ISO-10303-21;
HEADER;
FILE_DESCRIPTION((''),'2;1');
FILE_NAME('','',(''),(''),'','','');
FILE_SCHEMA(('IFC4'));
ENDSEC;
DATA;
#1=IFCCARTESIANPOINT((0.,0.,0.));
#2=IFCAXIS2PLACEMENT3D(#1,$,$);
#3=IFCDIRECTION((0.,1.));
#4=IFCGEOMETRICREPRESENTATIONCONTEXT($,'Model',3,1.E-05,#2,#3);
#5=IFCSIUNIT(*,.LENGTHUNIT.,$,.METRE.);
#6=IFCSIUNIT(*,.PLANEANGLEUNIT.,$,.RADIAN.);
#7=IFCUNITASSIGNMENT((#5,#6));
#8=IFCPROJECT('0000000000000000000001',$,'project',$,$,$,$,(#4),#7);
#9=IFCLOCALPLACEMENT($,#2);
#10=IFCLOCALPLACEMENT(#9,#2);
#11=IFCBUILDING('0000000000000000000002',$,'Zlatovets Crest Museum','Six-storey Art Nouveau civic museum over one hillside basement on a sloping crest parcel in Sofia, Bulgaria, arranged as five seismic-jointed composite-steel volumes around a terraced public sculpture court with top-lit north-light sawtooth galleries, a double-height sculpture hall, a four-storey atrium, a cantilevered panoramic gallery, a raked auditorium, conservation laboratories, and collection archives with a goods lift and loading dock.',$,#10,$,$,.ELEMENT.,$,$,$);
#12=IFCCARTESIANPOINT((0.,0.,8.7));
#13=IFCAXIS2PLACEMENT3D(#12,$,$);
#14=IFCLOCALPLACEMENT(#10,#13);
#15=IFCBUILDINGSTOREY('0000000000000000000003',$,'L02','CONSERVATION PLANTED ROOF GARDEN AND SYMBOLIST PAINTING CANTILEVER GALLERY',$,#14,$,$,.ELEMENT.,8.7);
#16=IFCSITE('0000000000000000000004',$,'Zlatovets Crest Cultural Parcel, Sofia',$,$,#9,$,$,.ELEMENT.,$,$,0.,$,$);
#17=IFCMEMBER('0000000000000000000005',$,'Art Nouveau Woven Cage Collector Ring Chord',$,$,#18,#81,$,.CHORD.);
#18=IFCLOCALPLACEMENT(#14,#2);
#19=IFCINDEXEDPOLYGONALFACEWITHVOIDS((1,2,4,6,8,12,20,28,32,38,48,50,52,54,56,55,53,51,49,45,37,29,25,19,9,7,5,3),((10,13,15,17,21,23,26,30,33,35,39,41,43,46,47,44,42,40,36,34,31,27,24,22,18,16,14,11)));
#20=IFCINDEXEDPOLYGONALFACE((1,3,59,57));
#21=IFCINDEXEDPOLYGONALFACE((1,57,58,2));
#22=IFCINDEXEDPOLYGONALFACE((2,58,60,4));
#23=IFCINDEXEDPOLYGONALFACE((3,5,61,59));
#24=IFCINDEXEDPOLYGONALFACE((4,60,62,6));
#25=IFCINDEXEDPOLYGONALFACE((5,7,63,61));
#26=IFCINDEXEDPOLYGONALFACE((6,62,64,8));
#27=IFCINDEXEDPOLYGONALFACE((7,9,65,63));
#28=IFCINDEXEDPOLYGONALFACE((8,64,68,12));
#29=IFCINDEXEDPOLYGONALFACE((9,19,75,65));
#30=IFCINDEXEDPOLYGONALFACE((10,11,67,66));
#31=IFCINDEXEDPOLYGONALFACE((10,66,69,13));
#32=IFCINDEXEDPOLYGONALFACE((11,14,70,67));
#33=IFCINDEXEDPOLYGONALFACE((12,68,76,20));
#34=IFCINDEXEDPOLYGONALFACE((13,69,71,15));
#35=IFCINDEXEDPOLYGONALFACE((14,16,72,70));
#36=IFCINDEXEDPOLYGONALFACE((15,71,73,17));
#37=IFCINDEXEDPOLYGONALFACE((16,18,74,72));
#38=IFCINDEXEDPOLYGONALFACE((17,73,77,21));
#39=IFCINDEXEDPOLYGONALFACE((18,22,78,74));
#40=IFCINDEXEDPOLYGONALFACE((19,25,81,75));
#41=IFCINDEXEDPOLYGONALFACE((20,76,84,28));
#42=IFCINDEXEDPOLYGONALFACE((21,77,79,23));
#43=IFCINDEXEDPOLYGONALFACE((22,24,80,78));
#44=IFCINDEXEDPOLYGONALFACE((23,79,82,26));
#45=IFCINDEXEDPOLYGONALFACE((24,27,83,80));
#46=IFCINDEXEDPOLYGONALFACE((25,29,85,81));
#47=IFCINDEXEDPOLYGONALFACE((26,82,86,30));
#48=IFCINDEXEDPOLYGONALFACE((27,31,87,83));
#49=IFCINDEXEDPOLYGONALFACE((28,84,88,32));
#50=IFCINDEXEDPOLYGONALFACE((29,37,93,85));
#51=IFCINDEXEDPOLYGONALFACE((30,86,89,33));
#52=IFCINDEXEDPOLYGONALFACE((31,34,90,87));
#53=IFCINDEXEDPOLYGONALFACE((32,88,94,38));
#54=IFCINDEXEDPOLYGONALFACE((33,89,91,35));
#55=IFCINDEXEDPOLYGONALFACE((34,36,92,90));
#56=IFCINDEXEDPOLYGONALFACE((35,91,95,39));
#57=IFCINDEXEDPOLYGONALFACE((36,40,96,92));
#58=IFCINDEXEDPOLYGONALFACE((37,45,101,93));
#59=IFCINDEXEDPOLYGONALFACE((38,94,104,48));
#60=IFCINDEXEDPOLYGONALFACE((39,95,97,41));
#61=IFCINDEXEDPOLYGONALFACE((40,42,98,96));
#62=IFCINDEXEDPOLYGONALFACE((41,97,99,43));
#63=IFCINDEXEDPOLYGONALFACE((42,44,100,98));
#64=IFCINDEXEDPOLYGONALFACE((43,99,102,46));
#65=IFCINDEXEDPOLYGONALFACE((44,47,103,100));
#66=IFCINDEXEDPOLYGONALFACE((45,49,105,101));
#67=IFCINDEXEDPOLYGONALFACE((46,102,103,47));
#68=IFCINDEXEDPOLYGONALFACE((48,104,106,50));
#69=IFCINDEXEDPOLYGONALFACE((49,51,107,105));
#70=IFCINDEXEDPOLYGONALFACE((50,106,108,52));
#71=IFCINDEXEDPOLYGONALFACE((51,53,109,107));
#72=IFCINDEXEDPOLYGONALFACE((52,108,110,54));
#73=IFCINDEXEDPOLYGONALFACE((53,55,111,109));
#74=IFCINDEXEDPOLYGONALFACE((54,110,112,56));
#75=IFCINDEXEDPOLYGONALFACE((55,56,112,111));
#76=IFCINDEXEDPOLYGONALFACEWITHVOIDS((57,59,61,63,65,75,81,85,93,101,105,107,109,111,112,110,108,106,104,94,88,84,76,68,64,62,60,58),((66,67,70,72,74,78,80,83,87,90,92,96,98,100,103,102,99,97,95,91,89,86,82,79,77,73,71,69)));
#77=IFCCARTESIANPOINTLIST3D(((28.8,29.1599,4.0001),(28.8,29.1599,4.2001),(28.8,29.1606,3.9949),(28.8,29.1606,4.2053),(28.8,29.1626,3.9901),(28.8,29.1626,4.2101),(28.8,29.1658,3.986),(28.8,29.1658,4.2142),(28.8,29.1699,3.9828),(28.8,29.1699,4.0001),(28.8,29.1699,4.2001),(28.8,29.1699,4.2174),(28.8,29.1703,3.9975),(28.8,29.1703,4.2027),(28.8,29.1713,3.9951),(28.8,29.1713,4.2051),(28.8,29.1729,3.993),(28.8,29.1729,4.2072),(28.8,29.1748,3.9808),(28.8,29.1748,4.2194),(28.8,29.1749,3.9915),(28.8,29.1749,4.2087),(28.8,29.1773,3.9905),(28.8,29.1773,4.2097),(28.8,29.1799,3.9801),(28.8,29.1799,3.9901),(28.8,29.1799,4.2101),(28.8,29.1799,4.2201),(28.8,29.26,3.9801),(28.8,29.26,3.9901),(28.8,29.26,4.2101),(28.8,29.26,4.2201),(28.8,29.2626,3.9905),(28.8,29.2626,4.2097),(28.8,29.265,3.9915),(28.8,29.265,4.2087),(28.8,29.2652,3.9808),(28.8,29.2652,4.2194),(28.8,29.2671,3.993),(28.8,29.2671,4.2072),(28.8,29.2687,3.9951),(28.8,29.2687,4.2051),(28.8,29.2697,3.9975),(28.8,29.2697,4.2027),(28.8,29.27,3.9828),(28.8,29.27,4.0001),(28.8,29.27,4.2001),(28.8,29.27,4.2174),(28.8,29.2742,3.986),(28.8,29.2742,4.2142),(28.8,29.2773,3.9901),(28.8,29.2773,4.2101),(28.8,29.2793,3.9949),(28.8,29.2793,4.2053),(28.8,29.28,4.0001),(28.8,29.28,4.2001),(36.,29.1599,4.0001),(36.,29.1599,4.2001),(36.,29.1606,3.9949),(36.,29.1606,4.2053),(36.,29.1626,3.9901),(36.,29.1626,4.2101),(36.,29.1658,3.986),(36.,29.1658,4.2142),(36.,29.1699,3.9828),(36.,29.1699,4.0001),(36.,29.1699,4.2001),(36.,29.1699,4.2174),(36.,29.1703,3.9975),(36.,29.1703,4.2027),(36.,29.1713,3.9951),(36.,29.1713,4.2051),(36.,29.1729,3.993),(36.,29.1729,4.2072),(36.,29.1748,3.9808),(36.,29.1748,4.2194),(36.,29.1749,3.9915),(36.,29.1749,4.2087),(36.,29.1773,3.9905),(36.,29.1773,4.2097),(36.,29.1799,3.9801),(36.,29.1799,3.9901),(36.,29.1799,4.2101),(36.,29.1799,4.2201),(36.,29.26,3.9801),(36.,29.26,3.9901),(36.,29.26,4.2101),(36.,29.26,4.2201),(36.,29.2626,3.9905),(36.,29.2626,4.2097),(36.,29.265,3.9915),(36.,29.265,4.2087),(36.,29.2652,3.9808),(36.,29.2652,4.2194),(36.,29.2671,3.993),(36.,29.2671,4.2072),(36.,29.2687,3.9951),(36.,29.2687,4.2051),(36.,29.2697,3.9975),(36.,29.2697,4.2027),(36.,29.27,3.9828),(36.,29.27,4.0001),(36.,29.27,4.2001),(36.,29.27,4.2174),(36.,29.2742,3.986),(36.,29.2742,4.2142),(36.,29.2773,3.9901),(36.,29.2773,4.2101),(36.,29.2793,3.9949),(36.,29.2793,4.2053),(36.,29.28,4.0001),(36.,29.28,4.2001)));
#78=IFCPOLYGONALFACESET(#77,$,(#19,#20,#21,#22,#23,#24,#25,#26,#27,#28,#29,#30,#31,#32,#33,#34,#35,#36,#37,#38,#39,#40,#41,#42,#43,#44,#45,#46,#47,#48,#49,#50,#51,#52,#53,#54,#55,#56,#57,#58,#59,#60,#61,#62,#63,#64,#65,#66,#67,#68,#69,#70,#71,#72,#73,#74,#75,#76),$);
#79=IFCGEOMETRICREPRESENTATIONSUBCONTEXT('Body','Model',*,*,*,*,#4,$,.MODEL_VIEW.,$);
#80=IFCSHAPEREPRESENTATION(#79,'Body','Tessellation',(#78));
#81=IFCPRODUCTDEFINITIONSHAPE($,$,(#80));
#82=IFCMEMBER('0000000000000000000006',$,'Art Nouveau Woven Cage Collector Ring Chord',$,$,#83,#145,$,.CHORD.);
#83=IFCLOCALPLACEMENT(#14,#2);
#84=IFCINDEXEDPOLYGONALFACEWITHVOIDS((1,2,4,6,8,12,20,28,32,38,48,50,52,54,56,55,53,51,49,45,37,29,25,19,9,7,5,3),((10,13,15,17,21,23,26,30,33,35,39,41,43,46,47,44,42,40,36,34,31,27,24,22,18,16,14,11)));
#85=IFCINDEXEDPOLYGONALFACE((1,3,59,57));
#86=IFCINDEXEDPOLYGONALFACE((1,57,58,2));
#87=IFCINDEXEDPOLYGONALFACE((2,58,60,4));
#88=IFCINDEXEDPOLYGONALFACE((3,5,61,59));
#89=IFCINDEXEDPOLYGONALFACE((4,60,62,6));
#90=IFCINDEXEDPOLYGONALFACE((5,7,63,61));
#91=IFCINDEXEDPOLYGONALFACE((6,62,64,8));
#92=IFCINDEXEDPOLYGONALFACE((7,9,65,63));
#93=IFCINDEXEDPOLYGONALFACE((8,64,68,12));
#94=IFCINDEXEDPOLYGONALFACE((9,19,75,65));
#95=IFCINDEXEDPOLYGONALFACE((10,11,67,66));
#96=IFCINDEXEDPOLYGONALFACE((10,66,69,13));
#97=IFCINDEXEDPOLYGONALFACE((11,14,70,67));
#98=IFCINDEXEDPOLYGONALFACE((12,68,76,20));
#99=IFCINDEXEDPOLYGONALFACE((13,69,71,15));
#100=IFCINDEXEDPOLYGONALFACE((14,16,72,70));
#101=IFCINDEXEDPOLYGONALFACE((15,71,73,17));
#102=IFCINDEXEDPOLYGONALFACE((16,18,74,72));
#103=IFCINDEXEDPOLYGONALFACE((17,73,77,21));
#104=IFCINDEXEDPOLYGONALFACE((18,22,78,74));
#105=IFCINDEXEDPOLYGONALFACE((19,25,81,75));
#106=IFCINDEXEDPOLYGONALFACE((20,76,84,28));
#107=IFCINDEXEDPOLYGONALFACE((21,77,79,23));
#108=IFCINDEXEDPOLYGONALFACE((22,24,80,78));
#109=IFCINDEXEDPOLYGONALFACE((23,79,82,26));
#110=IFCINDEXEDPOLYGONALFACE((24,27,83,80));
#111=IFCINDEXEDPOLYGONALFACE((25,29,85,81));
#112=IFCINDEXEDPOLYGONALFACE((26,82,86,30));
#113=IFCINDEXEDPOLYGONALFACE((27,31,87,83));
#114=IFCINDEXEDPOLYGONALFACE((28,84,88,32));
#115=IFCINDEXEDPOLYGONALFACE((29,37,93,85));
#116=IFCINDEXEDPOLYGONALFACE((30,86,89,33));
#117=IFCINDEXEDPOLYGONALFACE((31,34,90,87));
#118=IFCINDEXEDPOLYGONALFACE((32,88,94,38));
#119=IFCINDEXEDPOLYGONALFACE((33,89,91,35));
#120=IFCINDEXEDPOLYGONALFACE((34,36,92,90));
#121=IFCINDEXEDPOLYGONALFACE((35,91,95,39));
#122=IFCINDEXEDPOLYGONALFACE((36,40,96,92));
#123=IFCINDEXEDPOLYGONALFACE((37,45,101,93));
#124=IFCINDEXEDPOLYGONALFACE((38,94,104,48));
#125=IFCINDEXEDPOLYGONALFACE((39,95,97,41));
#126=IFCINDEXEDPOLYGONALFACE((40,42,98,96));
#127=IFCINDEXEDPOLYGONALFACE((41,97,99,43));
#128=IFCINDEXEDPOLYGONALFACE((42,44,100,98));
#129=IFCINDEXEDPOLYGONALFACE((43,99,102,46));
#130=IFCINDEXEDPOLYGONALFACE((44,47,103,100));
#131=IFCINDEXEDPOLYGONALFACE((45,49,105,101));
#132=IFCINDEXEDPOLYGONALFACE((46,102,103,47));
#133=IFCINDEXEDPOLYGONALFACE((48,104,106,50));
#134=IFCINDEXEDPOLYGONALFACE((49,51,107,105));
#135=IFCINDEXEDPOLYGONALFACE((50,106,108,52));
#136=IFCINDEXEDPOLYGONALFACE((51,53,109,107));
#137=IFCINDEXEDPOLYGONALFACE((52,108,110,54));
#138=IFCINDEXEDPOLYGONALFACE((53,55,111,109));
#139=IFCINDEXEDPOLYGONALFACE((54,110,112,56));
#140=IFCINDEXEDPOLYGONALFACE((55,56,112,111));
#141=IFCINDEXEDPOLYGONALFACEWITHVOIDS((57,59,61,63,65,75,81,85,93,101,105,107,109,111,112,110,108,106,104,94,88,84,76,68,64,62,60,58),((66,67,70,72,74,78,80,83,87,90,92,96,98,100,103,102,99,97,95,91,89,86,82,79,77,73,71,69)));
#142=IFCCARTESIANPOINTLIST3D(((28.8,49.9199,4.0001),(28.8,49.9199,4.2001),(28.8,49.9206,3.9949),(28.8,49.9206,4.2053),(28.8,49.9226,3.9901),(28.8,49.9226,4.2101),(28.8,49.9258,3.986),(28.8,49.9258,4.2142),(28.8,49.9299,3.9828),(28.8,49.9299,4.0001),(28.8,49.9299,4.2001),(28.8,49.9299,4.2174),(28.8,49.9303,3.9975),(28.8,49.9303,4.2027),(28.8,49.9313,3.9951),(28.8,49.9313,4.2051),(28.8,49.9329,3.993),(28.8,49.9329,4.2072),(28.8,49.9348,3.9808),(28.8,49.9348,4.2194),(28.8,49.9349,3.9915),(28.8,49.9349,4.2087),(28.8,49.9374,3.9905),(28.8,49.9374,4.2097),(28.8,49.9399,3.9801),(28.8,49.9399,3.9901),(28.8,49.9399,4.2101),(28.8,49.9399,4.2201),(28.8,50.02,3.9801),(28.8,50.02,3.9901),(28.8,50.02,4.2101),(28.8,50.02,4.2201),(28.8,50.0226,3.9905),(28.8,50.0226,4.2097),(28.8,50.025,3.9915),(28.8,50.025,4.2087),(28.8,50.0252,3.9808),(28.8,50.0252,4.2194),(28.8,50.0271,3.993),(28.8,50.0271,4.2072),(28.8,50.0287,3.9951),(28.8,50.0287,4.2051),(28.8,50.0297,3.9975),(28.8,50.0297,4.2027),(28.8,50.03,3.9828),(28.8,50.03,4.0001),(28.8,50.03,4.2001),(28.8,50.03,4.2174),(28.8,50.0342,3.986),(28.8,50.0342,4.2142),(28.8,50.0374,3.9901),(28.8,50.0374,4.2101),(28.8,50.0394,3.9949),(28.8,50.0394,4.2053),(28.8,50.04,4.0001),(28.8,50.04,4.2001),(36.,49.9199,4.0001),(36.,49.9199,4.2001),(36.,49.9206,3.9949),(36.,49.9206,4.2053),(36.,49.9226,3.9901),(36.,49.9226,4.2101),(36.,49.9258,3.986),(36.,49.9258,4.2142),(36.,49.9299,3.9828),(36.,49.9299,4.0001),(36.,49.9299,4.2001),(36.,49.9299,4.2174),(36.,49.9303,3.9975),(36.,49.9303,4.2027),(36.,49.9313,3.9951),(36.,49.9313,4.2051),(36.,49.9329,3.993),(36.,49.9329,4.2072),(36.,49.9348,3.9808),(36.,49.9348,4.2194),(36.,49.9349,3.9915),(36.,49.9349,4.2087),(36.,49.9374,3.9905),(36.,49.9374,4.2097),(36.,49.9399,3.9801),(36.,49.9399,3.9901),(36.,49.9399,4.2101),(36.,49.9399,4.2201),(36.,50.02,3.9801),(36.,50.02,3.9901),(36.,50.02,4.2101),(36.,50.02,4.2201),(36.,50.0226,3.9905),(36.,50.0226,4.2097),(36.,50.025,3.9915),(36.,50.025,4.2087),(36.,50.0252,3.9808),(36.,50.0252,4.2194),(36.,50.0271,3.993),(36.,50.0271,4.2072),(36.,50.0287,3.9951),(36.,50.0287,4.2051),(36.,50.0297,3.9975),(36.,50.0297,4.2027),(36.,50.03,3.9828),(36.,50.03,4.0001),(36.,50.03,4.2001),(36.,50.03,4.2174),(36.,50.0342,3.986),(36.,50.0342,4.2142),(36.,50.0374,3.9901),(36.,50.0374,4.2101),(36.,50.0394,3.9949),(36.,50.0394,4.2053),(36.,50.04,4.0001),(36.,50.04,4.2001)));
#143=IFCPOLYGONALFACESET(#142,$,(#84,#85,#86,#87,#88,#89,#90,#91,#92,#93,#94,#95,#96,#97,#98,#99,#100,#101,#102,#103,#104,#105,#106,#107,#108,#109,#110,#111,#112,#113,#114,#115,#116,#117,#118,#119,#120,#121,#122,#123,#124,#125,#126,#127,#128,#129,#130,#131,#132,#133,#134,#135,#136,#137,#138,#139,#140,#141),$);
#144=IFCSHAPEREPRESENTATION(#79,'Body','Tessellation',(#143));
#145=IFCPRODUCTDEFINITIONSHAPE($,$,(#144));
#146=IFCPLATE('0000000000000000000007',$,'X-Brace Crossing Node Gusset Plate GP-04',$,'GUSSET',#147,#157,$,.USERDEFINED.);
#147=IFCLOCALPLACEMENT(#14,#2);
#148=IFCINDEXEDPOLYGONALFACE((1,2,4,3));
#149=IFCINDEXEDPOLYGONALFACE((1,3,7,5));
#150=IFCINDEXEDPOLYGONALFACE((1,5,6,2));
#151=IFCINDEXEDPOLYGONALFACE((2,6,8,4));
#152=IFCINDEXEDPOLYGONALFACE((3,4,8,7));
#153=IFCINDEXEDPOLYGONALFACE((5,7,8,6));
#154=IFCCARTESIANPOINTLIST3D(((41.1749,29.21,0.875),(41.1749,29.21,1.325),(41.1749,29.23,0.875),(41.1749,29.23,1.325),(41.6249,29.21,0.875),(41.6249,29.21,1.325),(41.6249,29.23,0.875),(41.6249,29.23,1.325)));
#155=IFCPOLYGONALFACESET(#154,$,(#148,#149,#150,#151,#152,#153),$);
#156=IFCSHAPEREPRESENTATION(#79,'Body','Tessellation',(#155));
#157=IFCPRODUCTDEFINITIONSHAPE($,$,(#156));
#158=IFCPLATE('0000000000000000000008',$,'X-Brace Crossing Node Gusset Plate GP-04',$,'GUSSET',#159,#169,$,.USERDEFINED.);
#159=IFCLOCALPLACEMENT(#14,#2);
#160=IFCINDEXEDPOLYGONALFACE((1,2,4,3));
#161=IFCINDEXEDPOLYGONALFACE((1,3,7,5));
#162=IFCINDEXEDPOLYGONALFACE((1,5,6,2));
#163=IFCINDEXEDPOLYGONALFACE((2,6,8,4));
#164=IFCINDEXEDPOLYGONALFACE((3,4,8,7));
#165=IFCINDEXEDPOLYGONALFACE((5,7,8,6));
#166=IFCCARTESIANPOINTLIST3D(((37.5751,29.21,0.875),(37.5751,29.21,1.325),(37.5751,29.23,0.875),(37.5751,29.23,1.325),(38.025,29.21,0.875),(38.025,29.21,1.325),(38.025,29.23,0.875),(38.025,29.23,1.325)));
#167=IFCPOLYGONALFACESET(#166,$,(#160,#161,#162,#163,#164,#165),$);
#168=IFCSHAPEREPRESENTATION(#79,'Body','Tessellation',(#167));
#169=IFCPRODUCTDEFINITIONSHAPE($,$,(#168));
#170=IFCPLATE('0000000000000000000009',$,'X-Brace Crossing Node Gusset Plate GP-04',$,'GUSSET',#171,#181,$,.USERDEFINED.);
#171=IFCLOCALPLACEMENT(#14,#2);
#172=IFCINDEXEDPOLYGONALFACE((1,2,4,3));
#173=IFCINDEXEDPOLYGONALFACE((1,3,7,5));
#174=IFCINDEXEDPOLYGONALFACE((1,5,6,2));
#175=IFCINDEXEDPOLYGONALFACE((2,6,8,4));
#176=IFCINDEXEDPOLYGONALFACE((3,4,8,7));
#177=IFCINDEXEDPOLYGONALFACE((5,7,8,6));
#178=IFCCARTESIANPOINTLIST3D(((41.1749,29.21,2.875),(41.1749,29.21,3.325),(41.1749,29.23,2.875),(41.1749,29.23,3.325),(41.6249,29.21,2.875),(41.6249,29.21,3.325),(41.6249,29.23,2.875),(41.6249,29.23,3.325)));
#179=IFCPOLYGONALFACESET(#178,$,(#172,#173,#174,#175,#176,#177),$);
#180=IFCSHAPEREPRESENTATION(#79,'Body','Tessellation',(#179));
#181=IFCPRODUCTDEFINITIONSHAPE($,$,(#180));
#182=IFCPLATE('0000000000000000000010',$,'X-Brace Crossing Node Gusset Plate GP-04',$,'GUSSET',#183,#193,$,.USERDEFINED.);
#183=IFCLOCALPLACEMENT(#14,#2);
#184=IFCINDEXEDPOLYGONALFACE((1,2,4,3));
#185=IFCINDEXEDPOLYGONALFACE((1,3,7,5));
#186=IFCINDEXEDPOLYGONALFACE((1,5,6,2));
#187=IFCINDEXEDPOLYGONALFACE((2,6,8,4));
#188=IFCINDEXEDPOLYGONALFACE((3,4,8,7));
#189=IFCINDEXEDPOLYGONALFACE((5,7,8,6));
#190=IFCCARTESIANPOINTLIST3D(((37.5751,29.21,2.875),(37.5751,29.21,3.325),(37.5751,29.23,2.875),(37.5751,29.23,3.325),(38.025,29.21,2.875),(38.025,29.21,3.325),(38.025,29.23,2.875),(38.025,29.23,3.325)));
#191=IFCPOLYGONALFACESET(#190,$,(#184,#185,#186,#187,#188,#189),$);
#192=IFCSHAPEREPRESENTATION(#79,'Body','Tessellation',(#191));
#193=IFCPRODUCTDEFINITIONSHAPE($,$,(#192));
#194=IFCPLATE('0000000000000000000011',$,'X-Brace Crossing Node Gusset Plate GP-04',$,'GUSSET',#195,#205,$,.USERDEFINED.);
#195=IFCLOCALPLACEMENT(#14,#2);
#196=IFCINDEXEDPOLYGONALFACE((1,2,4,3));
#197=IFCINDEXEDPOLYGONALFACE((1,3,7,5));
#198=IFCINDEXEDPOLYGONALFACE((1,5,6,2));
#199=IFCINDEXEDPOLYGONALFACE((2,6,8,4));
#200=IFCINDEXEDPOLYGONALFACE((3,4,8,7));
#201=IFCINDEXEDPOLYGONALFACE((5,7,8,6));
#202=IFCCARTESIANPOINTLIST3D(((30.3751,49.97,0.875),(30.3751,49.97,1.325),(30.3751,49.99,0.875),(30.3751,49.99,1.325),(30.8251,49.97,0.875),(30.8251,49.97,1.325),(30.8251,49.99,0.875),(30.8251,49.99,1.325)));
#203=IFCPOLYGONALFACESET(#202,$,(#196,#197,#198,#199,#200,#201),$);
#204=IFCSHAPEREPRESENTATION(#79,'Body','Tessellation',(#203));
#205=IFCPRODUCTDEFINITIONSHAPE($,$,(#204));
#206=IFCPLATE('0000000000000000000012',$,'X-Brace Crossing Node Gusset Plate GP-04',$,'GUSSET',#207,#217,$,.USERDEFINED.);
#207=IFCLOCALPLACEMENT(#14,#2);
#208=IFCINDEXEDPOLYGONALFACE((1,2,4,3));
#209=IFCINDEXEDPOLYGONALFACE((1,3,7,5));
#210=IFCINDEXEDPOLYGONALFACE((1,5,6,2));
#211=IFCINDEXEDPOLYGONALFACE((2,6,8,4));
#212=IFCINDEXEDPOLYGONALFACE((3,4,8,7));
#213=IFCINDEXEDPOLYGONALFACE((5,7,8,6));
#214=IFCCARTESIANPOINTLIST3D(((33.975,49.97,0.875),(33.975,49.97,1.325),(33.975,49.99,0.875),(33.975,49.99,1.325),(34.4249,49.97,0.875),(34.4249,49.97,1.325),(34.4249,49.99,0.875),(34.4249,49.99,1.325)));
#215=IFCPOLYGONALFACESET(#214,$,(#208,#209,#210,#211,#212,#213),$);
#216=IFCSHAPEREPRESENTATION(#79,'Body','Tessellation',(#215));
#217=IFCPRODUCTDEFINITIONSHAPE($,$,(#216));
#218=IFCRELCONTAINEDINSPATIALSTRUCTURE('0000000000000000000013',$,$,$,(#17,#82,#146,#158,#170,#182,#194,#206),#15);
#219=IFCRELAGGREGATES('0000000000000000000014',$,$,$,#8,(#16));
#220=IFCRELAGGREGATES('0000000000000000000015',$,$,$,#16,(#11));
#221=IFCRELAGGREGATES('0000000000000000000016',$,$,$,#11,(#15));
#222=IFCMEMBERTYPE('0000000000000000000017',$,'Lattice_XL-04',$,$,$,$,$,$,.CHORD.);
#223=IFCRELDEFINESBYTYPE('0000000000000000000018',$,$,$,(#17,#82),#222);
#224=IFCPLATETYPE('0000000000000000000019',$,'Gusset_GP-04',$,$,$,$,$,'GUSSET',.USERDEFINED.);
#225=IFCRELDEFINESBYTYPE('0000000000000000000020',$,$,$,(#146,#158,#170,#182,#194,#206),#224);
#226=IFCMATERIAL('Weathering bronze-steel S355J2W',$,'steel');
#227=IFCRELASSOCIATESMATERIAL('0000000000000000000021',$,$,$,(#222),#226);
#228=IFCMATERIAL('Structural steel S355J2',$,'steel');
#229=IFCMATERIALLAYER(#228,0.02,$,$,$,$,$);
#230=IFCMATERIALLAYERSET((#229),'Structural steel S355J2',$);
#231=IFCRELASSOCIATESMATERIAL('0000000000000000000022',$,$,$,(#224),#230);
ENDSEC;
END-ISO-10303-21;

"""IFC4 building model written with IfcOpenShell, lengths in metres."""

from ifc_helpers import new_model, si_unit, direction, frame, origin, origin_2d, place, context, subcontext, project, spatial, rectangle, hollow_rectangle, extrude, material, layer, layer_set, material_profile, profile_set, type_object, element, save


model = new_model("IFC4")

# Units and contexts
model_context = context("Model", 3, precision=1e-05, world=origin(), true_north=direction((0.0, 1.0)))
body_context = subcontext(model_context, "Body", "Model", "MODEL_VIEW")
ifc_project = project(units=[si_unit("LENGTHUNIT", "METRE"), si_unit("PLANEANGLEUNIT", "RADIAN")], contexts=[model_context])

# Site, building, storey
site_placement = place(None, origin())
site = spatial("IfcSite", under=ifc_project, at=site_placement, Name="Zlatovets Crest Cultural Parcel, Sofia", CompositionType="ELEMENT", RefElevation=0.0)
building_placement = place(site_placement, origin())
building = spatial("IfcBuilding", under=site, at=building_placement, Name="Zlatovets Crest Museum", Description="Six-storey Art Nouveau civic museum over one hillside basement on a sloping crest parcel in Sofia, Bulgaria, arranged as five seismic-jointed composite-steel volumes around a terraced public sculpture court with top-lit north-light sawtooth galleries, a double-height sculpture hall, a four-storey atrium, a cantilevered panoramic gallery, a raked auditorium, conservation laboratories, and collection archives with a goods lift and loading dock.", CompositionType="ELEMENT")
storey_placement = place(building_placement, frame((0.0, 0.0, 8.7)))
storey = spatial("IfcBuildingStorey", under=building, at=storey_placement, Name="L02", Description="CONSERVATION PLANTED ROOF GARDEN AND SYMBOLIST PAINTING CANTILEVER GALLERY", CompositionType="ELEMENT", Elevation=8.7)

# Members
ifc_material_1 = material(Name="Weathering bronze-steel S355J2W", Category="steel")
ifc_material_profile_1 = material_profile(ifc_material_1, hollow_rectangle(XDim=0.1201, YDim=0.24, WallThickness=0.01, InnerFilletRadius=0.01, OuterFilletRadius=0.02, at=origin_2d()), Name="RHS 120x240x10.0")
ifc_profile_set_1 = profile_set([ifc_material_profile_1], Name="Weathering bronze-steel S355J2W")
member_type_1 = type_object("IfcMemberType", Name="Lattice_XL-04", PredefinedType="CHORD", material=ifc_profile_set_1)
for number, where, z_axis, x_axis, name in (
    (1, (36.0, 29.22, 4.1001), (-1.0, 0.0, 0.0), (0.0, -1.0, 0.0), "Art Nouveau Woven Cage Collector Ring Chord"),
    (2, (28.8, 49.98, 4.1001), (1.0, 0.0, 0.0), (0.0, 1.0, 0.0), "Art Nouveau Woven Cage Collector Ring Chord"),
):
    element("IfcMember", number, at=place(storey_placement, frame(where, z_axis=z_axis, x_axis=x_axis)), inside=storey, type_object=member_type_1, Name=name, PredefinedType="CHORD", context=body_context, shape_type="SweptSolid", body=[
        extrude(hollow_rectangle(XDim=0.1201, YDim=0.24, WallThickness=0.01, InnerFilletRadius=0.01, OuterFilletRadius=0.02, at=origin_2d()), origin(), (0.0, 0.0, 1.0), 7.2),
    ])

# Plates
ifc_material_2 = material(Name="Structural steel S355J2", Category="steel")
ifc_layer = layer(ifc_material_2, 0.02)
ifc_layer_set = layer_set([ifc_layer], Name="Structural steel S355J2")
plate_type = type_object("IfcPlateType", Name="Gusset_GP-04", ElementType="GUSSET", PredefinedType="USERDEFINED", material=ifc_layer_set)
for number, where, z_axis, x_axis, name in (
    (3, (41.3999, 29.22, 0.875), (0.0, 0.0, 1.0), (1.0, 0.0, 0.0), "X-Brace Crossing Node Gusset Plate GP-04"),
    (4, (37.8, 29.22, 0.875), (0.0, 0.0, 1.0), (1.0, 0.0, 0.0), "X-Brace Crossing Node Gusset Plate GP-04"),
    (5, (41.3999, 29.22, 2.875), (0.0, 0.0, 1.0), (1.0, 0.0, 0.0), "X-Brace Crossing Node Gusset Plate GP-04"),
    (6, (37.8, 29.22, 2.875), (0.0, 0.0, 1.0), (1.0, 0.0, 0.0), "X-Brace Crossing Node Gusset Plate GP-04"),
    (7, (30.6001, 49.98, 0.875), (0.0, 0.0, 1.0), (1.0, 0.0, 0.0), "X-Brace Crossing Node Gusset Plate GP-04"),
    (8, (34.2, 49.98, 0.875), (0.0, 0.0, 1.0), (1.0, 0.0, 0.0), "X-Brace Crossing Node Gusset Plate GP-04"),
):
    element("IfcPlate", number, at=place(storey_placement, frame(where, z_axis=z_axis, x_axis=x_axis)), inside=storey, type_object=plate_type, Name=name, ObjectType="GUSSET", PredefinedType="USERDEFINED", context=body_context, shape_type="SweptSolid", body=[
        extrude(rectangle(XDim=0.45, YDim=0.02, at=origin_2d()), origin(), (0.0, 0.0, 1.0), 0.45),
    ])

save(model, "model.ifc")
